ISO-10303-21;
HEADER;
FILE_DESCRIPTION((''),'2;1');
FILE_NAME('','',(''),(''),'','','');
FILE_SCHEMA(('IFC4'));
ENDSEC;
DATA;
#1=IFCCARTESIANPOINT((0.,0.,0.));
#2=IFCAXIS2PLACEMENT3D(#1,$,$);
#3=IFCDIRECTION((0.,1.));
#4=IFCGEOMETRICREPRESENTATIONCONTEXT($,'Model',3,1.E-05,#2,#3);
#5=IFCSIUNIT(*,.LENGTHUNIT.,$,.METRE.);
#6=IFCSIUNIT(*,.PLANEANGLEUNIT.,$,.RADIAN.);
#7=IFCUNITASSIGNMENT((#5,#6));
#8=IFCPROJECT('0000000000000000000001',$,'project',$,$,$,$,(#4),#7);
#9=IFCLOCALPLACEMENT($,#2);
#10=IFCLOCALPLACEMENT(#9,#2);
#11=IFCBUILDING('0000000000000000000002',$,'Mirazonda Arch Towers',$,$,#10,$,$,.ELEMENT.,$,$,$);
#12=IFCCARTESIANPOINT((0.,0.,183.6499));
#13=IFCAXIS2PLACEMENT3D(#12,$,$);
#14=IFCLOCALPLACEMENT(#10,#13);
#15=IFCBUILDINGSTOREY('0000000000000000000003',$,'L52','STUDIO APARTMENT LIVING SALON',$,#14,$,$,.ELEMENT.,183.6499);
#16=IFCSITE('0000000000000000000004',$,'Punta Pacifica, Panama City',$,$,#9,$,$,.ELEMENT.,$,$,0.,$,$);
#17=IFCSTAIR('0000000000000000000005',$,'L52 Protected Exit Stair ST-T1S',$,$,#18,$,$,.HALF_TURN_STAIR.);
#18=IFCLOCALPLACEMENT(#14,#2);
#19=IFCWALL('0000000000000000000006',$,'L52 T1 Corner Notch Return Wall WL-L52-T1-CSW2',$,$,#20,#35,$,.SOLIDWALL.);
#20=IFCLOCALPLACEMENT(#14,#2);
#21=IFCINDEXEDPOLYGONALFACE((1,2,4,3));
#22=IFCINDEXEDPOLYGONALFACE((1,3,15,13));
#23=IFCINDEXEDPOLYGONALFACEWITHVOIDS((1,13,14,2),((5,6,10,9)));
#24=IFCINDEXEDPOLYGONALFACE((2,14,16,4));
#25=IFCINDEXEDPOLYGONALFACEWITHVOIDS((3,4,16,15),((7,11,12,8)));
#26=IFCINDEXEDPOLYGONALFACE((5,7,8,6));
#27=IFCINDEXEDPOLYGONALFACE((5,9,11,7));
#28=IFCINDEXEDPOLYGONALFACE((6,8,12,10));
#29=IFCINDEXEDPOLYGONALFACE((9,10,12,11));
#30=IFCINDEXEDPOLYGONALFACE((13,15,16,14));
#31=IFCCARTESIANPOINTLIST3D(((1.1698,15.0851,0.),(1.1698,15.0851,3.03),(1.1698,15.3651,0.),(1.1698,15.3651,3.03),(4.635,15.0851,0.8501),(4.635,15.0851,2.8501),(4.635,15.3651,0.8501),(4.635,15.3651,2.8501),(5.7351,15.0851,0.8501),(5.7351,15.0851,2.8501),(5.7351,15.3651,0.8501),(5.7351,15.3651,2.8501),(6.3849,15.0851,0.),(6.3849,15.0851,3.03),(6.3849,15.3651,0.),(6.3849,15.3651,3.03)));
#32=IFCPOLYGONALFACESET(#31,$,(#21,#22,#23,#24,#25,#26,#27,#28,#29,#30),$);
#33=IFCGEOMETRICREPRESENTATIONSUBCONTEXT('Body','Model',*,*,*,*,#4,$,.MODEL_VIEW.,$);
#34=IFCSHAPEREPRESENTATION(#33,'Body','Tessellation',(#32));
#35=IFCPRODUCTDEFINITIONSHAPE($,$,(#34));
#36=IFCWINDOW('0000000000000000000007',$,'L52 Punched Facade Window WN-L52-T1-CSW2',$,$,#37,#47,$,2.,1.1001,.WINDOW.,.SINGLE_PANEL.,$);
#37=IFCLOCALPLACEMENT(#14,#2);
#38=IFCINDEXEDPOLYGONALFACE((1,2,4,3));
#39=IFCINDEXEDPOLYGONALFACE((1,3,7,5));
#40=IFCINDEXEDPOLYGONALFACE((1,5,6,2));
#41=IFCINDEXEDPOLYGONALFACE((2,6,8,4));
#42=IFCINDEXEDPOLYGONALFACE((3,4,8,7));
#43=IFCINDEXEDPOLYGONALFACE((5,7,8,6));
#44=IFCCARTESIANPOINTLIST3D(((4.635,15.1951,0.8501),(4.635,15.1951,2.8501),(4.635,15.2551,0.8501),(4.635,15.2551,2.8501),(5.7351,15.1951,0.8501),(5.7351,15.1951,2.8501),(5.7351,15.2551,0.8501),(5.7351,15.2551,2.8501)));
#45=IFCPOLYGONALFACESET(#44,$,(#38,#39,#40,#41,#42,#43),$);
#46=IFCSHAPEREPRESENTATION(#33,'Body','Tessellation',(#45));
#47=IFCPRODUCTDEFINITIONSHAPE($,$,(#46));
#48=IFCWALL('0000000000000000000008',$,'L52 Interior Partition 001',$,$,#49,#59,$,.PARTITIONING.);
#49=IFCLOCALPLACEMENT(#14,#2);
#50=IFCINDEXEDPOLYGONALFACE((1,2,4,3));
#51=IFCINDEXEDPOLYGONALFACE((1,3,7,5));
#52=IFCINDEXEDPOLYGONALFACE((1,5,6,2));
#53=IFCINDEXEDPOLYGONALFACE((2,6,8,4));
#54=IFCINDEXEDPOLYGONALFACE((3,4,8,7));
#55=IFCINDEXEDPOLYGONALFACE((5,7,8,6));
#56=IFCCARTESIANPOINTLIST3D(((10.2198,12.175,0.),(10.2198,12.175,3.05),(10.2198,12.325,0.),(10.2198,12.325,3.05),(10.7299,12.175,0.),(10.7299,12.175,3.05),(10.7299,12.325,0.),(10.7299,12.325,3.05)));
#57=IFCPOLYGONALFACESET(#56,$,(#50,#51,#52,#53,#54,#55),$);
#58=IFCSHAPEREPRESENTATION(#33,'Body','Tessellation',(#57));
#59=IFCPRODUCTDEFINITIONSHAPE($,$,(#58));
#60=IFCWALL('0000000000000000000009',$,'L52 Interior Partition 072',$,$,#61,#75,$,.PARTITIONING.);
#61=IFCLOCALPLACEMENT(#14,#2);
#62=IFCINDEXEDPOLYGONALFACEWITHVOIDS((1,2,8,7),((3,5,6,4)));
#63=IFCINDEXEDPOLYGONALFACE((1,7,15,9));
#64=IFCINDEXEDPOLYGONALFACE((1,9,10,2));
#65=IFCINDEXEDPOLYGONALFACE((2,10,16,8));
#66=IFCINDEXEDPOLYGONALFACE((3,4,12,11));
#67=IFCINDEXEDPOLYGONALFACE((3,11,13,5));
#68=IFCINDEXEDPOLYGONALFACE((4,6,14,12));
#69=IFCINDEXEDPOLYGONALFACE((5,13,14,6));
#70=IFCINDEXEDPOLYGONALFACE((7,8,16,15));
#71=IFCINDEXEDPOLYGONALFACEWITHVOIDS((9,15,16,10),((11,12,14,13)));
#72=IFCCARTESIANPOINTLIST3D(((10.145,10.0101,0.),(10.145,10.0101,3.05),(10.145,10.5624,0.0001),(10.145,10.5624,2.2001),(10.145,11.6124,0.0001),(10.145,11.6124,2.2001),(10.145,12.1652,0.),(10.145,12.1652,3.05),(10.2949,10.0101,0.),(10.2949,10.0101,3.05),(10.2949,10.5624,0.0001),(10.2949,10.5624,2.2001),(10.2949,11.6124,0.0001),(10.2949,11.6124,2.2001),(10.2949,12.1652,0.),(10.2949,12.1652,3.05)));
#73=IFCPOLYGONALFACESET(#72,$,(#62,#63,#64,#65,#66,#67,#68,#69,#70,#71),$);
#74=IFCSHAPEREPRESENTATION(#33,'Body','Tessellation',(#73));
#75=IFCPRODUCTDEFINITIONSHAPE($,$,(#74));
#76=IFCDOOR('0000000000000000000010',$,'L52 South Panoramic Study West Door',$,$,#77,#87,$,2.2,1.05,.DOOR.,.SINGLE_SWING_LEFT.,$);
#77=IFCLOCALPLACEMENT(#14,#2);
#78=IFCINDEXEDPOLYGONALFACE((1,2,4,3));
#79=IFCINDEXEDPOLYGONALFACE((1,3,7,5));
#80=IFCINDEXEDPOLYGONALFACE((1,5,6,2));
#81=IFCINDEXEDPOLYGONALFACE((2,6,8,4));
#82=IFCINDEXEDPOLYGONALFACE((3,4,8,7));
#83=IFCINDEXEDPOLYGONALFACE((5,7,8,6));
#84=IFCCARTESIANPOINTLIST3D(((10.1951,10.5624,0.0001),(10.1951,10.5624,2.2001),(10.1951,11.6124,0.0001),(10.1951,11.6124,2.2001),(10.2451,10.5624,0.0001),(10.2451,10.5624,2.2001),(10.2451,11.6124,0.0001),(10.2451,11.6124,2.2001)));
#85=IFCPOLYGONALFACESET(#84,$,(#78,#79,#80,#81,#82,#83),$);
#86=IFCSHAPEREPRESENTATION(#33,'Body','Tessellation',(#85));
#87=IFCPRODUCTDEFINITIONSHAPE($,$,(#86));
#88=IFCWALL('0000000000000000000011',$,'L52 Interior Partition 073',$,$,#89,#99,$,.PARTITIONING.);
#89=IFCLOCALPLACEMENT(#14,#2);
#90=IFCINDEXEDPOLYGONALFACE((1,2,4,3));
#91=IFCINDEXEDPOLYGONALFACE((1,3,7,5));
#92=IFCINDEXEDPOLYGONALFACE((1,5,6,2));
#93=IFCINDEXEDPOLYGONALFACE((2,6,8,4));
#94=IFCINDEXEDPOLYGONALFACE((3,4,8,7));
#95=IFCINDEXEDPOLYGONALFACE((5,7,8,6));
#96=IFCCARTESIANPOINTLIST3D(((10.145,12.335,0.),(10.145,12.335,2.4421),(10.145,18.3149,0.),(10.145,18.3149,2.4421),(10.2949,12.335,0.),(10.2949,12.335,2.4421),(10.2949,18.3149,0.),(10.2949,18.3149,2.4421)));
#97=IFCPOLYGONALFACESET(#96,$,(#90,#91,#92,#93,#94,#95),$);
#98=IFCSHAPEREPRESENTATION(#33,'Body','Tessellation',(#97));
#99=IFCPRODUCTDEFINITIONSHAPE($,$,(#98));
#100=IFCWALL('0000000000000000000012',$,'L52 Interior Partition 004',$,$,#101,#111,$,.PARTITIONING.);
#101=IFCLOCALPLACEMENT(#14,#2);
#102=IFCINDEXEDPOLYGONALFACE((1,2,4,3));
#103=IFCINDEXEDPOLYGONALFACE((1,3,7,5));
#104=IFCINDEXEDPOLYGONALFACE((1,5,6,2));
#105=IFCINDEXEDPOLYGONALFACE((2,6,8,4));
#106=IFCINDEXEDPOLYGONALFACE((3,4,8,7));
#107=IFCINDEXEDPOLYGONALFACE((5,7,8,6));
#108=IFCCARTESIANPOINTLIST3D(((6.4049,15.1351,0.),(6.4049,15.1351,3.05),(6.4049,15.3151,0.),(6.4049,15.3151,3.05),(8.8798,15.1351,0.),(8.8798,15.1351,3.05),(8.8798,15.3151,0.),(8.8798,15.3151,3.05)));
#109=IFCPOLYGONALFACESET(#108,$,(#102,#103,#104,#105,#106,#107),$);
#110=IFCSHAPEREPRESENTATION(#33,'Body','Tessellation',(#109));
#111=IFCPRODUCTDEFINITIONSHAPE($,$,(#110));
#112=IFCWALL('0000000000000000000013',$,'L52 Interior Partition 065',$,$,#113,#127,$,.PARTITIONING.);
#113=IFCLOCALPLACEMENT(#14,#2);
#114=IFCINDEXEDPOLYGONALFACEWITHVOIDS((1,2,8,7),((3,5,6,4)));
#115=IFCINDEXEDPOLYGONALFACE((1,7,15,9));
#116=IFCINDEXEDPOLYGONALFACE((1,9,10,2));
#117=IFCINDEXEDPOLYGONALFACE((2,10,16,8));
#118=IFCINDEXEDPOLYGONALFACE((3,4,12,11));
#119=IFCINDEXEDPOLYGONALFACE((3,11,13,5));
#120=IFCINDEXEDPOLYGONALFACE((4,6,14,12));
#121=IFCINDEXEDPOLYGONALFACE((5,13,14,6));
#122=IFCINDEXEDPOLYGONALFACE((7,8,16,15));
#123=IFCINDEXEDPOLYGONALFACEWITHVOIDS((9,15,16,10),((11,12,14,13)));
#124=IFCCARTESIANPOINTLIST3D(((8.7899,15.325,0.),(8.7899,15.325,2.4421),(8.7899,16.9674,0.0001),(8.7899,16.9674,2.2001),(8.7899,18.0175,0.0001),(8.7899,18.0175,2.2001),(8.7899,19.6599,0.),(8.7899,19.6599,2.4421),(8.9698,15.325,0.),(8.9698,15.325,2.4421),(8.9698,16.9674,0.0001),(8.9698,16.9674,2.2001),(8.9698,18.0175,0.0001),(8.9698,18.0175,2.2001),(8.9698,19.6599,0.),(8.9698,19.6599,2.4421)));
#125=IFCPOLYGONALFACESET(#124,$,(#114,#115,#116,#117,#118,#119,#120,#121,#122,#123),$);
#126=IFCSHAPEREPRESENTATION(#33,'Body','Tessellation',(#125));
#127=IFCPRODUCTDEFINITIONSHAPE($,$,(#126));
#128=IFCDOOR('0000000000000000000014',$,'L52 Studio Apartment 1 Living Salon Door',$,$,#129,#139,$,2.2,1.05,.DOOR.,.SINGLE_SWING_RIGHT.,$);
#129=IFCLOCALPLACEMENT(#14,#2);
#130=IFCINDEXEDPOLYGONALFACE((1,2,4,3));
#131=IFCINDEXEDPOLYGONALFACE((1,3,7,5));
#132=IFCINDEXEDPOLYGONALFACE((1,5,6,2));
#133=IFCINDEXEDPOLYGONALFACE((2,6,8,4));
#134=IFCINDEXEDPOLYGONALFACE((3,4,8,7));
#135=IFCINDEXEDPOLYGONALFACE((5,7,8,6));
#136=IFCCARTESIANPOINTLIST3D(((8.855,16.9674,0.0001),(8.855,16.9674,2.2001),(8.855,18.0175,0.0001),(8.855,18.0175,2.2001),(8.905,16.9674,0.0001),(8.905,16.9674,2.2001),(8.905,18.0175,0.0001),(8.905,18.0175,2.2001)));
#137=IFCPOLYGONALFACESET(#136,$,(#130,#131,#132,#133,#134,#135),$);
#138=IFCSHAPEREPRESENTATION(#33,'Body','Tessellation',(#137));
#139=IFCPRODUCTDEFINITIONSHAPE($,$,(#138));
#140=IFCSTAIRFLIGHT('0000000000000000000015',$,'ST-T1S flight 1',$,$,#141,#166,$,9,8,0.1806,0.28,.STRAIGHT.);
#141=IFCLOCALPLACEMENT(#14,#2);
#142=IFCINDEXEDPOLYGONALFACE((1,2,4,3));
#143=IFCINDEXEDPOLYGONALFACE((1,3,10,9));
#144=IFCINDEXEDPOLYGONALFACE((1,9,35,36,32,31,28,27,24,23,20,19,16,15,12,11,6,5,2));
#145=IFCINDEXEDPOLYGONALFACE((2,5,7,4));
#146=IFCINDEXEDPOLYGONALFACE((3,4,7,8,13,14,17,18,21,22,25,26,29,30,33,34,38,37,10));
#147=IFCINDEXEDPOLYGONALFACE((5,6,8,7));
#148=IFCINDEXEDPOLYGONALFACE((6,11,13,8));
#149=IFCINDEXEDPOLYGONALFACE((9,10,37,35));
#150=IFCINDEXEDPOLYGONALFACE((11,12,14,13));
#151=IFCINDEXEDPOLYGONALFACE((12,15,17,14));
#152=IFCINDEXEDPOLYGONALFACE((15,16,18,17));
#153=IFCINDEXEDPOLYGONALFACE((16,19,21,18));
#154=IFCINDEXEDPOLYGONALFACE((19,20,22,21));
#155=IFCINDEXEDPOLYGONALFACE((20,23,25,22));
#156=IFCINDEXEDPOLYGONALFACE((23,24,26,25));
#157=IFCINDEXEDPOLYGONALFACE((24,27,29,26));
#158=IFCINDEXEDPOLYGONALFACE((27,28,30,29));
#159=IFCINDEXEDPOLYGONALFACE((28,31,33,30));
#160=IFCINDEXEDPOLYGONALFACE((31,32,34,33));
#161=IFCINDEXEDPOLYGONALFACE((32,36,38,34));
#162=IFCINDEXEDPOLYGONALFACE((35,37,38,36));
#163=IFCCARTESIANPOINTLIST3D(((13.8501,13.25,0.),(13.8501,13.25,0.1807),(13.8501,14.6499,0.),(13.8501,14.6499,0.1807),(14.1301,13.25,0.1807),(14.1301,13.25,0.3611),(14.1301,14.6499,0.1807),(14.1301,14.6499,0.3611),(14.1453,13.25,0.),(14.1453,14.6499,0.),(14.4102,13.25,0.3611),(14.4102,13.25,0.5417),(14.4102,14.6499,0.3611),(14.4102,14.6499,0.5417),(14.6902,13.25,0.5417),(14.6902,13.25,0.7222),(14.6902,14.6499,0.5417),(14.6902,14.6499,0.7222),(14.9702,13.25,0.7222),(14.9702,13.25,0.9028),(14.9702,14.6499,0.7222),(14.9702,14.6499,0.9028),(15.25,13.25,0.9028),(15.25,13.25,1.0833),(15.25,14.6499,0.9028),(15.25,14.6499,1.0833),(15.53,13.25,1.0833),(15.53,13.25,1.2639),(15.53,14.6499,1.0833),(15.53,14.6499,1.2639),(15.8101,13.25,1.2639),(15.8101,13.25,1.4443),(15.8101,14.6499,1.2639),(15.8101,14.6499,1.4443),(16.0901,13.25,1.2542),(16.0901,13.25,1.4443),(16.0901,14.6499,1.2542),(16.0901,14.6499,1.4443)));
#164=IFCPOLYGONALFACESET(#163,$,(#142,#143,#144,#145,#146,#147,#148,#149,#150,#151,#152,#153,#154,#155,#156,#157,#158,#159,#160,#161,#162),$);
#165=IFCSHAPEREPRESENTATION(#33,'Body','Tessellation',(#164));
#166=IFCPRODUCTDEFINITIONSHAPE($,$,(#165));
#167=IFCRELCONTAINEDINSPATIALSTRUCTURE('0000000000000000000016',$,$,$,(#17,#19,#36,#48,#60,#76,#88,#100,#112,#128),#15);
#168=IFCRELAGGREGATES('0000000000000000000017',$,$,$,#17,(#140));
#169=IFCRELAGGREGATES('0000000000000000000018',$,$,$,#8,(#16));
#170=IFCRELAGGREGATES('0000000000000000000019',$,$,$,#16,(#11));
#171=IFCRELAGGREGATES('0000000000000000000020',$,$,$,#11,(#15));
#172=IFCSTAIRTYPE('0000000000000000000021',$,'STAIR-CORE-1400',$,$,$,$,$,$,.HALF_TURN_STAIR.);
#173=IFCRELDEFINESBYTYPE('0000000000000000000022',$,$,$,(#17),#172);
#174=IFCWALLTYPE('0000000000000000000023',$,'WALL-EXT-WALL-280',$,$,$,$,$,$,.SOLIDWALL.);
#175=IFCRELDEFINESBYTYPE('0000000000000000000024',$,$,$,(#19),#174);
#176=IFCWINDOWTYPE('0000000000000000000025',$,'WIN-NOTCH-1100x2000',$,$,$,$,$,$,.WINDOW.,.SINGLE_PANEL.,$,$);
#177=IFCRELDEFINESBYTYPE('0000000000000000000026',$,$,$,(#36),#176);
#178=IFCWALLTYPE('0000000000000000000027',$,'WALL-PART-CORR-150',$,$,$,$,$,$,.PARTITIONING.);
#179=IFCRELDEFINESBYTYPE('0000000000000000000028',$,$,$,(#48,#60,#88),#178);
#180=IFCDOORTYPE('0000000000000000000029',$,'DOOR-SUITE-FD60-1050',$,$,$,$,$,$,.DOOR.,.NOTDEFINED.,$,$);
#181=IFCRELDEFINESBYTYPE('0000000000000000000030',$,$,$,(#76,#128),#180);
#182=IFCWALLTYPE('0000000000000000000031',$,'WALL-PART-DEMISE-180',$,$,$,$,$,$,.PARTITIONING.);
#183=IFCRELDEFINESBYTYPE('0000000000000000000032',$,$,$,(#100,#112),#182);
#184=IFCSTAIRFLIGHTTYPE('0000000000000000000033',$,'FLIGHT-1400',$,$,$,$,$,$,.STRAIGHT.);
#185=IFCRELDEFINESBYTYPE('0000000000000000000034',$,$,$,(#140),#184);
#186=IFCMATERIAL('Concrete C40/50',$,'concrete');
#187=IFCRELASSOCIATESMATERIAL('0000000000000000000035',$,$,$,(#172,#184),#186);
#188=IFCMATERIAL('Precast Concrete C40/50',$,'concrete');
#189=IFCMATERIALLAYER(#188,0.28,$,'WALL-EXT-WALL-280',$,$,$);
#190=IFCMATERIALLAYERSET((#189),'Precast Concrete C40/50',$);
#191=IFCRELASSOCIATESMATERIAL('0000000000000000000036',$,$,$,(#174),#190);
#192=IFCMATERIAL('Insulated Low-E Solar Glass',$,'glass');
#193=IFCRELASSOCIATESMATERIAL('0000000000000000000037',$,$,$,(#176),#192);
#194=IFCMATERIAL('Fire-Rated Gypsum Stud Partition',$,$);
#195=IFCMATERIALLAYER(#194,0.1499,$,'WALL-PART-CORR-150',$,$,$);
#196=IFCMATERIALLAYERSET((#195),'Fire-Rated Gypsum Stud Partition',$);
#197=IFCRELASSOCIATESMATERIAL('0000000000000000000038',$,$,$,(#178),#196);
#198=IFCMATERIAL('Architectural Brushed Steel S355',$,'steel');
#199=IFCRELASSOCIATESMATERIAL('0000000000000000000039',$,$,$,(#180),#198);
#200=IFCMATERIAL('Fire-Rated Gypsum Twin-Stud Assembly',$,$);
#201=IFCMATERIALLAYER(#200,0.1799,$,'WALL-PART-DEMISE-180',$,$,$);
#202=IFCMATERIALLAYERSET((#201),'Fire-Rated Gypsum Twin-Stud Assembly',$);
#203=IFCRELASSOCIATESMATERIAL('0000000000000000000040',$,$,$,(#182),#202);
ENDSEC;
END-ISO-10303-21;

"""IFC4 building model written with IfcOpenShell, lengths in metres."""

from ifc_helpers import new_model, si_unit, direction, frame, frame_2d, origin, place, context, subcontext, project, spatial, polyline, rectangle, outline, extrude, material, layer, layer_set, type_object, element, fill, aggregate, save


model = new_model("IFC4")

# Units and contexts
model_context = context("Model", 3, precision=1e-05, world=origin(), true_north=direction((0.0, 1.0)))
body_context = subcontext(model_context, "Body", "Model", "MODEL_VIEW")
ifc_project = project(units=[si_unit("LENGTHUNIT", "METRE"), si_unit("PLANEANGLEUNIT", "RADIAN")], contexts=[model_context])

# Site, building, storey
site_placement = place(None, origin())
site = spatial("IfcSite", under=ifc_project, at=site_placement, Name="Punta Pacifica, Panama City", CompositionType="ELEMENT", RefElevation=0.0)
building_placement = place(site_placement, origin())
building = spatial("IfcBuilding", under=site, at=building_placement, Name="Mirazonda Arch Towers", CompositionType="ELEMENT")
storey_placement = place(building_placement, frame((0.0, 0.0, 183.6499)))
storey = spatial("IfcBuildingStorey", under=building, at=storey_placement, Name="L52", Description="STUDIO APARTMENT LIVING SALON", CompositionType="ELEMENT", Elevation=183.6499)

# Shared definitions
ifc_material_1 = material(Name="Insulated Low-E Solar Glass", Category="glass")

# Stair
ifc_material_2 = material(Name="Concrete C40/50", Category="concrete")
stair_type = type_object("IfcStairType", Name="STAIR-CORE-1400", PredefinedType="HALF_TURN_STAIR", material=ifc_material_2)
stair_1_placement = place(storey_placement, origin())
stair_1 = element("IfcStair", 1, at=stair_1_placement, inside=storey, type_object=stair_type, Name="L52 Protected Exit Stair ST-T1S", PredefinedType="HALF_TURN_STAIR")

# Wall, opening, window
ifc_material_3 = material(Name="Precast Concrete C40/50", Category="concrete")
ifc_layer_1 = layer(ifc_material_3, 0.28, Name="WALL-EXT-WALL-280")
ifc_layer_set_1 = layer_set([ifc_layer_1], Name="Precast Concrete C40/50")
wall_type_1 = type_object("IfcWallType", Name="WALL-EXT-WALL-280", PredefinedType="SOLIDWALL", material=ifc_layer_set_1)
wall_1_placement = place(storey_placement, frame((1.1699, 15.2251, 0.0), z_axis=(0.0, 0.0, 1.0), x_axis=(1.0, 0.0, 0.0)))
wall_1 = element("IfcWall", 2, at=wall_1_placement, inside=storey, type_object=wall_type_1, Name="L52 T1 Corner Notch Return Wall WL-L52-T1-CSW2", PredefinedType="SOLIDWALL", context=body_context, shape_type="SweptSolid", body=[
    extrude(rectangle(XDim=5.2151, YDim=0.28, at=frame_2d((2.6074, 0.0))), origin(), (0.0, 0.0, 1.0), 3.03),
])
opening_1_placement = place(wall_1_placement, frame((3.4651, 0.0, 0.8501)))
opening_1 = element("IfcOpeningElement", 3, at=opening_1_placement, cuts=wall_1, PredefinedType="OPENING", context=body_context, shape_type="SweptSolid", body=[
    extrude(rectangle(XDim=1.1001, YDim=2.0, at=frame_2d((0.55, 1.0))), frame((0.0, 0.1499, 0.0), z_axis=(0.0, -1.0, 0.0), x_axis=(1.0, 0.0, 0.0)), (0.0, 0.0, 1.0), 0.3),
])
window_type_1 = type_object("IfcWindowType", Name="WIN-NOTCH-1100x2000", PartitioningType="SINGLE_PANEL", PredefinedType="WINDOW", material=ifc_material_1)
window_1_placement = place(opening_1_placement, origin())
window_1 = element("IfcWindow", 4, at=window_1_placement, inside=storey, type_object=window_type_1, Name="L52 Punched Facade Window WN-L52-T1-CSW2", OverallHeight=2.0, OverallWidth=1.1001, PartitioningType="SINGLE_PANEL", PredefinedType="WINDOW", context=body_context, shape_type="SweptSolid", body=[
    extrude(rectangle(XDim=1.1001, YDim=2.0, at=frame_2d((0.55, 1.0))), frame((0.0, 0.03, 0.0), z_axis=(0.0, -1.0, 0.0), x_axis=(1.0, 0.0, 0.0)), (0.0, 0.0, 1.0), 0.0601),
])
fill(opening_1, window_1)

# Wall
ifc_material_4 = material(Name="Fire-Rated Gypsum Stud Partition")
ifc_layer_2 = layer(ifc_material_4, 0.1499, Name="WALL-PART-CORR-150")
ifc_layer_set_2 = layer_set([ifc_layer_2], Name="Fire-Rated Gypsum Stud Partition")
wall_type_2 = type_object("IfcWallType", Name="WALL-PART-CORR-150", PredefinedType="PARTITIONING", material=ifc_layer_set_2)
wall_2_placement = place(storey_placement, frame((10.22, 12.25, 0.0), z_axis=(0.0, 0.0, 1.0), x_axis=(1.0, 0.0, 0.0)))
element("IfcWall", 5, at=wall_2_placement, inside=storey, type_object=wall_type_2, Name="L52 Interior Partition 001", PredefinedType="PARTITIONING", context=body_context, shape_type="SweptSolid", body=[
    extrude(rectangle(XDim=0.51, YDim=0.1499, at=frame_2d((0.2549, 0.0))), origin(), (0.0, 0.0, 1.0), 3.05),
])

# Wall, opening, door
wall_3_placement = place(storey_placement, frame((10.22, 10.01, 0.0), z_axis=(0.0, 0.0, 1.0), x_axis=(0.0, 1.0, 0.0)))
wall_3 = element("IfcWall", 6, at=wall_3_placement, inside=storey, type_object=wall_type_2, Name="L52 Interior Partition 072", PredefinedType="PARTITIONING", context=body_context, shape_type="SweptSolid", body=[
    extrude(rectangle(XDim=2.155, YDim=0.1499, at=frame_2d((1.0776, 0.0))), origin(), (0.0, 0.0, 1.0), 3.05),
])
opening_2_placement = place(wall_3_placement, frame((0.5525, 0.0, 0.0)))
opening_2 = element("IfcOpeningElement", 7, at=opening_2_placement, cuts=wall_3, PredefinedType="OPENING", context=body_context, shape_type="SweptSolid", body=[
    extrude(rectangle(XDim=1.05, YDim=2.2, at=frame_2d((0.5249, 1.1001))), frame((0.0, 0.085, 0.0), z_axis=(0.0, -1.0, 0.0), x_axis=(1.0, 0.0, 0.0)), (0.0, 0.0, 1.0), 0.1699),
])
ifc_material_5 = material(Name="Architectural Brushed Steel S355", Category="steel")
door_type_1 = type_object("IfcDoorType", Name="DOOR-SUITE-FD60-1050", OperationType="NOTDEFINED", PredefinedType="DOOR", material=ifc_material_5)
door_1_placement = place(opening_2_placement, origin())
door_1 = element("IfcDoor", 8, at=door_1_placement, inside=storey, type_object=door_type_1, Name="L52 South Panoramic Study West Door", OperationType="SINGLE_SWING_LEFT", OverallHeight=2.2, OverallWidth=1.05, PredefinedType="DOOR", context=body_context, shape_type="SweptSolid", body=[
    extrude(rectangle(XDim=1.05, YDim=2.2, at=frame_2d((0.5249, 1.1001))), frame((0.0, 0.0249, 0.0), z_axis=(0.0, -1.0, 0.0), x_axis=(1.0, 0.0, 0.0)), (0.0, 0.0, 1.0), 0.05),
])
fill(opening_2, door_1)

# Walls
wall_4_placement = place(storey_placement, frame((10.22, 12.335, 0.0), z_axis=(0.0, 0.0, 1.0), x_axis=(0.0, 1.0, 0.0)))
element("IfcWall", 9, at=wall_4_placement, inside=storey, type_object=wall_type_2, Name="L52 Interior Partition 073", PredefinedType="PARTITIONING", context=body_context, shape_type="SweptSolid", body=[
    extrude(rectangle(XDim=5.98, YDim=0.1499, at=frame_2d((2.99, 0.0))), origin(), (0.0, 0.0, 1.0), 2.4421),
])
ifc_material_6 = material(Name="Fire-Rated Gypsum Twin-Stud Assembly")
ifc_layer_3 = layer(ifc_material_6, 0.1799, Name="WALL-PART-DEMISE-180")
ifc_layer_set_3 = layer_set([ifc_layer_3], Name="Fire-Rated Gypsum Twin-Stud Assembly")
wall_type_3 = type_object("IfcWallType", Name="WALL-PART-DEMISE-180", PredefinedType="PARTITIONING", material=ifc_layer_set_3)
wall_5_placement = place(storey_placement, frame((6.405, 15.2251, 0.0), z_axis=(0.0, 0.0, 1.0), x_axis=(1.0, 0.0, 0.0)))
element("IfcWall", 10, at=wall_5_placement, inside=storey, type_object=wall_type_3, Name="L52 Interior Partition 004", PredefinedType="PARTITIONING", context=body_context, shape_type="SweptSolid", body=[
    extrude(rectangle(XDim=2.4749, YDim=0.1799, at=frame_2d((1.2373, 0.0))), origin(), (0.0, 0.0, 1.0), 3.05),
])

# Wall, opening, door
wall_6_placement = place(storey_placement, frame((8.8799, 15.325, 0.0), z_axis=(0.0, 0.0, 1.0), x_axis=(0.0, 1.0, 0.0)))
wall_6 = element("IfcWall", 11, at=wall_6_placement, inside=storey, type_object=wall_type_3, Name="L52 Interior Partition 065", PredefinedType="PARTITIONING", context=body_context, shape_type="SweptSolid", body=[
    extrude(rectangle(XDim=4.335, YDim=0.1799, at=frame_2d((2.1675, 0.0))), origin(), (0.0, 0.0, 1.0), 2.4421),
])
opening_3_placement = place(wall_6_placement, frame((1.6426, 0.0, 0.0)))
opening_3 = element("IfcOpeningElement", 12, at=opening_3_placement, cuts=wall_6, PredefinedType="OPENING", context=body_context, shape_type="SweptSolid", body=[
    extrude(rectangle(XDim=1.05, YDim=2.2, at=frame_2d((0.5249, 1.1001))), frame((0.0, 0.0999, 0.0), z_axis=(0.0, -1.0, 0.0), x_axis=(1.0, 0.0, 0.0)), (0.0, 0.0, 1.0), 0.2),
])
door_2_placement = place(opening_3_placement, origin())
door_2 = element("IfcDoor", 13, at=door_2_placement, inside=storey, type_object=door_type_1, Name="L52 Studio Apartment 1 Living Salon Door", OperationType="SINGLE_SWING_RIGHT", OverallHeight=2.2, OverallWidth=1.05, PredefinedType="DOOR", context=body_context, shape_type="SweptSolid", body=[
    extrude(rectangle(XDim=1.05, YDim=2.2, at=frame_2d((0.5249, 1.1001))), frame((0.0, 0.0249, 0.0), z_axis=(0.0, -1.0, 0.0), x_axis=(1.0, 0.0, 0.0)), (0.0, 0.0, 1.0), 0.05),
])
fill(opening_3, door_2)

# Stair flight
stair_flight_type = type_object("IfcStairFlightType", Name="FLIGHT-1400", PredefinedType="STRAIGHT", material=ifc_material_2)
stair_flight_placement = place(storey_placement, frame((13.8501, 13.95, 0.0), z_axis=(0.0, 0.0, 1.0), x_axis=(1.0, 0.0, 0.0)))
stair_flight = element("IfcStairFlight", 14, at=stair_flight_placement, type_object=stair_flight_type, Name="ST-T1S flight 1", NumberOfRisers=9, NumberOfTreads=8, PredefinedType="STRAIGHT", RiserHeight=0.1806, TreadLength=0.28, context=body_context, shape_type="SweptSolid", body=[
    extrude(outline(polyline([(0.0, 0.0), (0.0, 0.1807), (0.28, 0.1807), (0.28, 0.3611), (0.5601, 0.3611), (0.5601, 0.5417), (0.8401, 0.5417), (0.8401, 0.7222), (1.1201, 0.7222), (1.1201, 0.9028), (1.3999, 0.9028), (1.3999, 1.0833), (1.6799, 1.0833), (1.6799, 1.2639), (1.96, 1.2639), (1.96, 1.4443), (2.24, 1.4443), (2.24, 1.625), (2.24, 1.2542), (0.2952, 0.0), (0.0, 0.0)])), frame((0.0, 0.7, 0.0), z_axis=(0.0, -1.0, 0.0), x_axis=(1.0, 0.0, 0.0)), (0.0, 0.0, 1.0), 1.3999),
])
aggregate(stair_1, [stair_flight])

save(model, "model.ifc")
